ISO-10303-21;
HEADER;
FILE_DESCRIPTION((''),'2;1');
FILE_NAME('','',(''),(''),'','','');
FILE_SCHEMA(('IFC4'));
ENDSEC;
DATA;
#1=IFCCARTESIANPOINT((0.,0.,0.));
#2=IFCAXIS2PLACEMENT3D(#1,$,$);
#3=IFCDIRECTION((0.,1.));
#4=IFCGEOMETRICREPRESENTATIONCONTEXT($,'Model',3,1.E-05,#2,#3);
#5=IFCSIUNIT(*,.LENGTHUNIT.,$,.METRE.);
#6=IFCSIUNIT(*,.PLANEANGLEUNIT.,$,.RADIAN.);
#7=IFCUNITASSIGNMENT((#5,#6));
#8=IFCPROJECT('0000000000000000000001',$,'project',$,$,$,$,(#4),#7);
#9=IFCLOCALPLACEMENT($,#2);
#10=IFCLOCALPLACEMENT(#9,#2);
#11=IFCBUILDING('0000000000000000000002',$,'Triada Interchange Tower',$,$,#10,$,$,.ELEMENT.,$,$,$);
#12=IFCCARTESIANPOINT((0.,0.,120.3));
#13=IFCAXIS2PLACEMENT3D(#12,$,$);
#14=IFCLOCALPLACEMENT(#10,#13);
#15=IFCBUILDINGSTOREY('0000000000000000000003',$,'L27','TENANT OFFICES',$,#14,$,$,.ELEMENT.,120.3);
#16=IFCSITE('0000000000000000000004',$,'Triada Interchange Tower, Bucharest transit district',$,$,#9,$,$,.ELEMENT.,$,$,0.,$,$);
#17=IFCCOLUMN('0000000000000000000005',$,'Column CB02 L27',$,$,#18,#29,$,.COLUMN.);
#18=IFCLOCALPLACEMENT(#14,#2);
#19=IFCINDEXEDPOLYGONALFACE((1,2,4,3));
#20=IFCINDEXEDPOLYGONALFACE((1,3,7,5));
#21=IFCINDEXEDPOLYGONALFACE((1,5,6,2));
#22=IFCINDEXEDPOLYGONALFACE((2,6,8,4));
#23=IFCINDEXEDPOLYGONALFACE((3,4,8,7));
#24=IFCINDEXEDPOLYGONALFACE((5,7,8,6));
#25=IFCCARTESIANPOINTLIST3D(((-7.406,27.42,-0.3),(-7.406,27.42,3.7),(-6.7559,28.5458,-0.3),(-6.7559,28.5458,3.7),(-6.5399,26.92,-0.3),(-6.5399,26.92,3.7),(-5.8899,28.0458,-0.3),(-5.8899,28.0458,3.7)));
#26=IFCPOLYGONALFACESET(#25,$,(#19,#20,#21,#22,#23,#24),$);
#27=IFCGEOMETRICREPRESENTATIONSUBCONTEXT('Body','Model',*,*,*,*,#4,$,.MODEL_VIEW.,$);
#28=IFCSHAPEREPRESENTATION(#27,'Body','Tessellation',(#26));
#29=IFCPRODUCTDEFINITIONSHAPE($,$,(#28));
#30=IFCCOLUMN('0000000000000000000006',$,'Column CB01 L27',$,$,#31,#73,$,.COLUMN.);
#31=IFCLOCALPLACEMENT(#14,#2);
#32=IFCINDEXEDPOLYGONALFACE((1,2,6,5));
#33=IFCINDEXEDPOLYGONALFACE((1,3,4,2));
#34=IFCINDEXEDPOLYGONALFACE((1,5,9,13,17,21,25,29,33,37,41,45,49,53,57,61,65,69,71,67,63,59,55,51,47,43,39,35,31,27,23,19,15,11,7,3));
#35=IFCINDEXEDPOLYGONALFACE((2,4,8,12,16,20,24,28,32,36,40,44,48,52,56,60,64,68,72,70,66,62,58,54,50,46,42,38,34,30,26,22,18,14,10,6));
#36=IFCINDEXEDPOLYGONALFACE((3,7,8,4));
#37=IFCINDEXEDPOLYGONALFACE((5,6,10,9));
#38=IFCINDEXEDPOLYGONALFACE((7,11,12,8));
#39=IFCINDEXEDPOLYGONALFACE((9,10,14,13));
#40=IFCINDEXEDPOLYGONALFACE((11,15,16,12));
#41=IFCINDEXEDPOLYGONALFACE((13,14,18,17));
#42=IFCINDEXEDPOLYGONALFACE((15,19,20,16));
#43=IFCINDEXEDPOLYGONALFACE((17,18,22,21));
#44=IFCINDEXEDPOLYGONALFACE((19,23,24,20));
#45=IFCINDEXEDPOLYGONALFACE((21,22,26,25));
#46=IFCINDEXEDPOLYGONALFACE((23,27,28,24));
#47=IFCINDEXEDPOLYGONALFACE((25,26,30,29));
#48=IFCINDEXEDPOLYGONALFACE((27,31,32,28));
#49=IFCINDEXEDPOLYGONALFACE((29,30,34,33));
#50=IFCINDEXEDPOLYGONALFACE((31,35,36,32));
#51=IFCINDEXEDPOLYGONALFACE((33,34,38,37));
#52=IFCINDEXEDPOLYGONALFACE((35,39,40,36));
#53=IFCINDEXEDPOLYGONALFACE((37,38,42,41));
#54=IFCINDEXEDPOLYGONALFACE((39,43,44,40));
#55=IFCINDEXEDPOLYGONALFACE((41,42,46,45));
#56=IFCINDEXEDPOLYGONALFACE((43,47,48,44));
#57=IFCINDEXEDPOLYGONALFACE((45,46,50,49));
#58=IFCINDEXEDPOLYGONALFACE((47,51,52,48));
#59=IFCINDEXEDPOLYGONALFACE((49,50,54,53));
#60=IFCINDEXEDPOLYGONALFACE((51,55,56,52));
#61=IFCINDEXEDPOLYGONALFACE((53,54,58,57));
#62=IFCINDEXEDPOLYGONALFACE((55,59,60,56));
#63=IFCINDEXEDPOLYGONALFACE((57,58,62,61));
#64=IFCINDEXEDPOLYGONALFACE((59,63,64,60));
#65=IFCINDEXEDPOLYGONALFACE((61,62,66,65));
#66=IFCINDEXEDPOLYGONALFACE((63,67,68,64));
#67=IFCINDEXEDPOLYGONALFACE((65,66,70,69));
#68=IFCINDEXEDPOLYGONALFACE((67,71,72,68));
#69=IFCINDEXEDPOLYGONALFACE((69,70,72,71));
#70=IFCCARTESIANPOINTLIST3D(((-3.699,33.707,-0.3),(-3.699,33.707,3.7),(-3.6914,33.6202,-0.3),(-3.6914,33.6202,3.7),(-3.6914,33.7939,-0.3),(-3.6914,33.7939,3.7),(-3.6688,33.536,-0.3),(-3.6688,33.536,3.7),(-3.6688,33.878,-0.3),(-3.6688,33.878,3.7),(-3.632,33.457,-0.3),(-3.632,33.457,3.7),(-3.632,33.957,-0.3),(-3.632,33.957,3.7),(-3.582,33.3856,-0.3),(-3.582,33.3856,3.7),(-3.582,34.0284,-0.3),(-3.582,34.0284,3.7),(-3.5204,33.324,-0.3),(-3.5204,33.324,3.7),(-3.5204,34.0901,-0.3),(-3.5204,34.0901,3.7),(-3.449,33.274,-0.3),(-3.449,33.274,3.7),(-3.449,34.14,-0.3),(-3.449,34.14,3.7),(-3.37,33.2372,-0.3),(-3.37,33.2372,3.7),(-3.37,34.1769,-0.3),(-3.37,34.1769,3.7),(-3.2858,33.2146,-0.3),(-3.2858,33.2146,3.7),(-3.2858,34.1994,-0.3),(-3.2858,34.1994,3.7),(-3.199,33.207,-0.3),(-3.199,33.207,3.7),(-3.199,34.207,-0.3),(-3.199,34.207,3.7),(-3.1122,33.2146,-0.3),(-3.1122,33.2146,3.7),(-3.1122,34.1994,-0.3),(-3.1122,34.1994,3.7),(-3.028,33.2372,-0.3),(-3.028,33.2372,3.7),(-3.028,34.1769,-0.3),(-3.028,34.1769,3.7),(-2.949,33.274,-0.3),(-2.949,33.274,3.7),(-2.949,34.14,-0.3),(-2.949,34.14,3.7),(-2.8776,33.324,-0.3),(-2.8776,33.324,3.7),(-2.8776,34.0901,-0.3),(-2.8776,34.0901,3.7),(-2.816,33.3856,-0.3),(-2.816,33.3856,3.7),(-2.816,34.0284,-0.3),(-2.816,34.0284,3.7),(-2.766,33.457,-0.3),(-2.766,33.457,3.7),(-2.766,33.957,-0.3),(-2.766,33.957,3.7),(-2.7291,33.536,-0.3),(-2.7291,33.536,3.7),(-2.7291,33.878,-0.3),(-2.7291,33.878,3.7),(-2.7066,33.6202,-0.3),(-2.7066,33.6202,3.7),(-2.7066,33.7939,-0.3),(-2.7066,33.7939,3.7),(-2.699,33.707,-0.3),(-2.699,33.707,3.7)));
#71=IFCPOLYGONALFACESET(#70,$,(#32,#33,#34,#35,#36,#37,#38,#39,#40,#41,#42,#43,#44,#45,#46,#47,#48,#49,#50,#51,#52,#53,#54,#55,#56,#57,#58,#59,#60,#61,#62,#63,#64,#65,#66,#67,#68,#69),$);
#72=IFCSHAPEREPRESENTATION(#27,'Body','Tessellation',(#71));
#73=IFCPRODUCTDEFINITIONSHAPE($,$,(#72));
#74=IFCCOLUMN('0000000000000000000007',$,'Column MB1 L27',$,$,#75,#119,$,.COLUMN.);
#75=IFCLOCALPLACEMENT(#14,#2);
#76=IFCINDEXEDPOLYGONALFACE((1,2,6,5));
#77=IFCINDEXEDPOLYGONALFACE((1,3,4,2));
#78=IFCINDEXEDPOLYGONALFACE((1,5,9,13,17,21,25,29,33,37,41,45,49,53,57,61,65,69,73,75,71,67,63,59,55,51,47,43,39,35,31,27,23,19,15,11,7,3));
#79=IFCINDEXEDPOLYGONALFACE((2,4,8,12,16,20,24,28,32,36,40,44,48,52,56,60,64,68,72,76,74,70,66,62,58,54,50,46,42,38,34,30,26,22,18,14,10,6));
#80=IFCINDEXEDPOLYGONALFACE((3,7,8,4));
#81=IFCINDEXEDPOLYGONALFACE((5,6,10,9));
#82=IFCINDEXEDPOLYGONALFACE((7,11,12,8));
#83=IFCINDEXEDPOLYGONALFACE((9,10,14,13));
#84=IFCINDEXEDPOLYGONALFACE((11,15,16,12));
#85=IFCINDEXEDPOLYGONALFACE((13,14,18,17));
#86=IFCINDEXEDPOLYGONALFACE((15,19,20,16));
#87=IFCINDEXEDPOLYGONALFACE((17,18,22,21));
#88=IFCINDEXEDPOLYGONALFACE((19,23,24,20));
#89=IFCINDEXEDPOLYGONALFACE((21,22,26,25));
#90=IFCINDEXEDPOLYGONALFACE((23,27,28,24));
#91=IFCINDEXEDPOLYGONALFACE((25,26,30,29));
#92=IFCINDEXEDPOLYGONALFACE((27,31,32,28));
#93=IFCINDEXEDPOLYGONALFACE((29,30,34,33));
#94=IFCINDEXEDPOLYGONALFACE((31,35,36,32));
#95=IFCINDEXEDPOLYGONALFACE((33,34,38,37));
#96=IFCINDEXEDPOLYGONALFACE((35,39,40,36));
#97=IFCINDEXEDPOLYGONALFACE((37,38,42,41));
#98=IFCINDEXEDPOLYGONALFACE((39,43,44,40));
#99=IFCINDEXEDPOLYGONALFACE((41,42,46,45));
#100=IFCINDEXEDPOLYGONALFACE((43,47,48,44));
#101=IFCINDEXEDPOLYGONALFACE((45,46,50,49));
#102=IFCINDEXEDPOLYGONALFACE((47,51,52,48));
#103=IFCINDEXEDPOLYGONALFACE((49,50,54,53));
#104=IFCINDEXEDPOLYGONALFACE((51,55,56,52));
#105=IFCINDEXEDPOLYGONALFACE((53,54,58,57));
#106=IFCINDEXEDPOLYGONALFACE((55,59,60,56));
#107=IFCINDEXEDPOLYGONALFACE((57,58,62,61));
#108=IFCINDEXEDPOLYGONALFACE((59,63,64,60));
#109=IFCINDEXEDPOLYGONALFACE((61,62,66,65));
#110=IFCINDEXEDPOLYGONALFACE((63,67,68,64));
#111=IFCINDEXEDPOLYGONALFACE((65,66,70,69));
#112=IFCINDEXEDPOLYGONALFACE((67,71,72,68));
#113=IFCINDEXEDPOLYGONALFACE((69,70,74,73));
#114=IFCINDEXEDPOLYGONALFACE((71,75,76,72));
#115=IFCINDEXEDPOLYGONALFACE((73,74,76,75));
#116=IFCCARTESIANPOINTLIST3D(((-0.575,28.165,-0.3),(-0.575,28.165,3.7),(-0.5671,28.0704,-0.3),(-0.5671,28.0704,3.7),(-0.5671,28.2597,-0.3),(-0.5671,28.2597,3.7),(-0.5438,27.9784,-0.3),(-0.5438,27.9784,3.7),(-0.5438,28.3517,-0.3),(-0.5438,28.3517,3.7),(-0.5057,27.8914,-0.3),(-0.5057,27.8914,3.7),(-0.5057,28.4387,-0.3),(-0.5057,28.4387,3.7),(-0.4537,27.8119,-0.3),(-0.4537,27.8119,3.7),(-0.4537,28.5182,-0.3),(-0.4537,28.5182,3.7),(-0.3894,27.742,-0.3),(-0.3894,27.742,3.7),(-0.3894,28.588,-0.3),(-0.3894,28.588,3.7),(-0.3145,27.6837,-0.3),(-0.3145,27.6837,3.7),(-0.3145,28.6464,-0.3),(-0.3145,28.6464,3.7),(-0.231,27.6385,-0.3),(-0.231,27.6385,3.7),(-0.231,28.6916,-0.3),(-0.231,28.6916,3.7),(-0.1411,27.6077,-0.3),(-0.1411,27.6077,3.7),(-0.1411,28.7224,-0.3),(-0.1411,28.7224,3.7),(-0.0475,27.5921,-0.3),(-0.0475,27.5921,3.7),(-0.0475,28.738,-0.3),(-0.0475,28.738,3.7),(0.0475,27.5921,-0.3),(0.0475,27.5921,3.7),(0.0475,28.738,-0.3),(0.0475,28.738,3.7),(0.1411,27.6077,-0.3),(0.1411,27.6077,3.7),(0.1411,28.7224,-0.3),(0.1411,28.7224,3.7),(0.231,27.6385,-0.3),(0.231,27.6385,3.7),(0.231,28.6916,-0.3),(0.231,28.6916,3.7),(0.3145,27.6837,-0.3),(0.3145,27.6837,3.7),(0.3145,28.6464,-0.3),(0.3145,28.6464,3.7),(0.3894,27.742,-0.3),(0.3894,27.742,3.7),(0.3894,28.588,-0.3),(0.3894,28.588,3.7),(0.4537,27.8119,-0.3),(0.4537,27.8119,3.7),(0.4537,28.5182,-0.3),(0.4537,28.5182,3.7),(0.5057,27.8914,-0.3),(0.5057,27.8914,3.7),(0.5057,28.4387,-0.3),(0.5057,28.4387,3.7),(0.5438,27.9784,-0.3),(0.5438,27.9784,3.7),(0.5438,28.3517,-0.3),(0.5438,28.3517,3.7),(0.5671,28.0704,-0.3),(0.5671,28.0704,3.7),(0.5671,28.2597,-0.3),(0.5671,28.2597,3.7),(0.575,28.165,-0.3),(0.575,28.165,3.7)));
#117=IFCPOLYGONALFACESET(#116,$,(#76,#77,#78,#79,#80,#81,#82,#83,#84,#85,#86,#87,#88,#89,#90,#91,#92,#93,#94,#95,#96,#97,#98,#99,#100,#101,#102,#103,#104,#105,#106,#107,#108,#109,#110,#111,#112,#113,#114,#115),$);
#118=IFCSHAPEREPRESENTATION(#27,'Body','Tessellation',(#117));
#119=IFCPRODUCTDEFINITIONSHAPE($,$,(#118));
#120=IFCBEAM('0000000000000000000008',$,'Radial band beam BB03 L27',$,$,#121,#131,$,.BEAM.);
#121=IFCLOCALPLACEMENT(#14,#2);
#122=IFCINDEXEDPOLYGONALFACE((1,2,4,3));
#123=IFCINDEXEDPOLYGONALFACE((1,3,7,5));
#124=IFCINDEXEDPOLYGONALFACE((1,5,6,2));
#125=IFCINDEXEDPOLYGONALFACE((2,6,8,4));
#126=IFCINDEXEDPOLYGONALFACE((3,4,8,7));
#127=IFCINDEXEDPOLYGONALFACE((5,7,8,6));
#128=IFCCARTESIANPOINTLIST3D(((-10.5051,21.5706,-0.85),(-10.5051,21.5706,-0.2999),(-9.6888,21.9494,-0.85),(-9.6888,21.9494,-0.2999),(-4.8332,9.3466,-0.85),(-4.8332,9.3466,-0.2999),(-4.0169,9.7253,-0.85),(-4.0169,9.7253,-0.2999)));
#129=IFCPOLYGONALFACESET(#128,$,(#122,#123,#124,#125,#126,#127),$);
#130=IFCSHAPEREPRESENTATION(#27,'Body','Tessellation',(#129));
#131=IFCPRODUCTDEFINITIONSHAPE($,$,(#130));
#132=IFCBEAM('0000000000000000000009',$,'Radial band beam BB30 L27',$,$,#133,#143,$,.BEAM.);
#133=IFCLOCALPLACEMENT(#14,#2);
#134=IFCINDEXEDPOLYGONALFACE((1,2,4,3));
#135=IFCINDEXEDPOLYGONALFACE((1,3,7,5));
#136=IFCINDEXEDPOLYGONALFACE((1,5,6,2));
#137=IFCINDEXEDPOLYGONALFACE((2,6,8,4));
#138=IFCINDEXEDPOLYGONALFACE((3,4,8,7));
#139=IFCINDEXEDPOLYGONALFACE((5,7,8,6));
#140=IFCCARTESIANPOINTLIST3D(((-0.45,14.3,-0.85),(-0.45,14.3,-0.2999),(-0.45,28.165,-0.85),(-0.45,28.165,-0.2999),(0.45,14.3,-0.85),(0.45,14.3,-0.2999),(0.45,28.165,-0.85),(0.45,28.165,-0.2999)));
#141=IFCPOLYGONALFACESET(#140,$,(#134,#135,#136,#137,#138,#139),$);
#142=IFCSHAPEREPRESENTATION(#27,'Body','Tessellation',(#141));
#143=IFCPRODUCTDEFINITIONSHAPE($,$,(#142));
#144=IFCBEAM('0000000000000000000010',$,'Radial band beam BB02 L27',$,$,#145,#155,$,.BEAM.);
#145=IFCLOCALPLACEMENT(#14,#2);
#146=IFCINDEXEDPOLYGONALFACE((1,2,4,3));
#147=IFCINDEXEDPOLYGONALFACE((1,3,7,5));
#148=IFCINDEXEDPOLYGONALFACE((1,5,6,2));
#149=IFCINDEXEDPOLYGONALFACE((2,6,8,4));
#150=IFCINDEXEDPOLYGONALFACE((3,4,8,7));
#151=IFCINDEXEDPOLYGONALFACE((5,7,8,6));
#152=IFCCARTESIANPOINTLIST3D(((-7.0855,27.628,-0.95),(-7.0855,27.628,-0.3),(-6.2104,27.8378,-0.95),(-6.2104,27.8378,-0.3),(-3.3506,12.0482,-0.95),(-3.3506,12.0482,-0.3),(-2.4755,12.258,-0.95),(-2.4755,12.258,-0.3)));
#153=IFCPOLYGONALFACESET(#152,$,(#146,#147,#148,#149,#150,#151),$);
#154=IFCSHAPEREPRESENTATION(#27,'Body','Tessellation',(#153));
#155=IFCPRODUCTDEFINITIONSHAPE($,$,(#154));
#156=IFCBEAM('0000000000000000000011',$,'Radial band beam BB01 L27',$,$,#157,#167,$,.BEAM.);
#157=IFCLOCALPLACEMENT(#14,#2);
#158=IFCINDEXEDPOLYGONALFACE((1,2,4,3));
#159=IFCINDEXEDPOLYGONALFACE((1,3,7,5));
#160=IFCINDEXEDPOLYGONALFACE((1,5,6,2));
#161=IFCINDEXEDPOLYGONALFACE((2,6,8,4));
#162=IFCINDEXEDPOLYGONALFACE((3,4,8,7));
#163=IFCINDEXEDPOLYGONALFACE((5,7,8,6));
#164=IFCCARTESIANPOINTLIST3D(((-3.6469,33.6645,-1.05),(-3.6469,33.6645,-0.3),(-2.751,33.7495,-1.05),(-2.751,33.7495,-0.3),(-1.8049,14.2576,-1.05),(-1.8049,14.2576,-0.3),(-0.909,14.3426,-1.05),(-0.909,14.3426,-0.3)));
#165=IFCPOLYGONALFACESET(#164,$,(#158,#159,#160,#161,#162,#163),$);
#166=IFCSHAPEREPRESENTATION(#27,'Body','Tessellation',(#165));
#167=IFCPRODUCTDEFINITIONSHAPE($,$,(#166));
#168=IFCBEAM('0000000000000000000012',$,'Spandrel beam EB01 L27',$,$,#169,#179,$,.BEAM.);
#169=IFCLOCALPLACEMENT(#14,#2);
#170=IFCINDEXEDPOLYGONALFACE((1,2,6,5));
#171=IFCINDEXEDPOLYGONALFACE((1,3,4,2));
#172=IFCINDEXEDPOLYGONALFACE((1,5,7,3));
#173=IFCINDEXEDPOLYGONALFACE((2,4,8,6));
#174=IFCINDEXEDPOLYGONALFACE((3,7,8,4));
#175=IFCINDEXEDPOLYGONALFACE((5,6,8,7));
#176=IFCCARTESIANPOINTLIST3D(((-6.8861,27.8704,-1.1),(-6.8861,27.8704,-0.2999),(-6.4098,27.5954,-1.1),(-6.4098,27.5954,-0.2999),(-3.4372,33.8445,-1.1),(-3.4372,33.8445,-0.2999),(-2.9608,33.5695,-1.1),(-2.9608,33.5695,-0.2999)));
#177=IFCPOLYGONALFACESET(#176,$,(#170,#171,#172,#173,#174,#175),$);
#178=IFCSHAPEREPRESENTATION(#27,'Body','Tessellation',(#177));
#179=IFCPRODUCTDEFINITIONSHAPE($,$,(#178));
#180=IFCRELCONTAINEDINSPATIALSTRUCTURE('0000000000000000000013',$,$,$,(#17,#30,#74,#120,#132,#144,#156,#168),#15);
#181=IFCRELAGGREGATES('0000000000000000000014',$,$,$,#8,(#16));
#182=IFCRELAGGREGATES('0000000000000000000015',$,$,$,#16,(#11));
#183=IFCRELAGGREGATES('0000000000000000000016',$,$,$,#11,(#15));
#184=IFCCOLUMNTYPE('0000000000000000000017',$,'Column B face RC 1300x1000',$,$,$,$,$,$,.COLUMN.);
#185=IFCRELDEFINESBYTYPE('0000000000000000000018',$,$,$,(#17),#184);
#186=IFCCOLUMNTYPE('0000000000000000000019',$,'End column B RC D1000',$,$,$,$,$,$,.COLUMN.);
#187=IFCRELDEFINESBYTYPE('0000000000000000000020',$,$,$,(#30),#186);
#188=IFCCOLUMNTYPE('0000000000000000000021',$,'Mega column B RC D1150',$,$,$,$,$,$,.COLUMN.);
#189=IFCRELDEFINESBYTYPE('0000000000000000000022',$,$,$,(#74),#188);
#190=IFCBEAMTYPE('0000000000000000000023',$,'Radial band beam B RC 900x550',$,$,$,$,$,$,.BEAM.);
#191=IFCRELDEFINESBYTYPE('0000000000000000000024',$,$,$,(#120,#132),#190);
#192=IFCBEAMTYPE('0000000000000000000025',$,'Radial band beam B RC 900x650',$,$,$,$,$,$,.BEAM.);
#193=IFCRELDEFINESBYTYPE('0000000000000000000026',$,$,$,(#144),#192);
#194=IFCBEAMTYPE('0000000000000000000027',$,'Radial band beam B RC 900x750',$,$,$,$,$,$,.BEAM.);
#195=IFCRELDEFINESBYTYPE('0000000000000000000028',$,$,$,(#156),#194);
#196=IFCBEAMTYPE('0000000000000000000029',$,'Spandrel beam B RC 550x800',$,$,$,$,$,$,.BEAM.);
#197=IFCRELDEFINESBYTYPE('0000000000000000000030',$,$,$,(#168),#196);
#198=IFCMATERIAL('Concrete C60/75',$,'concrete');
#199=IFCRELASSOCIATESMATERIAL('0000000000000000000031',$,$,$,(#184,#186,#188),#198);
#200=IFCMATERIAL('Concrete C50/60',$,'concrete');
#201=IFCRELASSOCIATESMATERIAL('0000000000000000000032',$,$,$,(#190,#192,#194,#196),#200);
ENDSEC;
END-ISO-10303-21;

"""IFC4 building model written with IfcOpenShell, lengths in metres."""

from ifc_helpers import new_model, si_unit, direction, frame, origin, origin_2d, place, context, subcontext, project, spatial, rectangle, circle, extrude, material, material_profile, profile_set, type_object, element, save


model = new_model("IFC4")

# Units and contexts
model_context = context("Model", 3, precision=1e-05, world=origin(), true_north=direction((0.0, 1.0)))
body_context = subcontext(model_context, "Body", "Model", "MODEL_VIEW")
ifc_project = project(units=[si_unit("LENGTHUNIT", "METRE"), si_unit("PLANEANGLEUNIT", "RADIAN")], contexts=[model_context])

# Site, building, storey
site_placement = place(None, origin())
site = spatial("IfcSite", under=ifc_project, at=site_placement, Name="Triada Interchange Tower, Bucharest transit district", CompositionType="ELEMENT", RefElevation=0.0)
building_placement = place(site_placement, origin())
building = spatial("IfcBuilding", under=site, at=building_placement, Name="Triada Interchange Tower", CompositionType="ELEMENT")
storey_placement = place(building_placement, frame((0.0, 0.0, 120.3)))
storey = spatial("IfcBuildingStorey", under=building, at=storey_placement, Name="L27", Description="TENANT OFFICES", CompositionType="ELEMENT", Elevation=120.3)

# Columns
ifc_material_1 = material(Name="Concrete C60/75", Category="concrete")
ifc_material_profile_1 = material_profile(ifc_material_1, rectangle(XDim=1.3, YDim=1.0, at=origin_2d()), Name="RC 1300x1000")
ifc_profile_set_1 = profile_set([ifc_material_profile_1], Name="Concrete C60/75")
column_type_1 = type_object("IfcColumnType", Name="Column B face RC 1300x1000", PredefinedType="COLUMN", material=ifc_profile_set_1)
column_1_placement = place(storey_placement, frame((-6.6479, 27.7329, -0.3), z_axis=(0.0, 0.0, 1.0), x_axis=(0.5, 0.866025, 0.0)))
element("IfcColumn", 1, at=column_1_placement, inside=storey, type_object=column_type_1, Name="Column CB02 L27", PredefinedType="COLUMN", context=body_context, shape_type="SweptSolid", body=[
    extrude(rectangle(XDim=1.3, YDim=1.0, at=origin_2d()), origin(), (0.0, 0.0, 1.0), 4.0),
])
ifc_material_profile_2 = material_profile(ifc_material_1, circle(Radius=0.5, at=origin_2d()), Name="RC D1000")
ifc_profile_set_2 = profile_set([ifc_material_profile_2], Name="Concrete C60/75")
column_type_2 = type_object("IfcColumnType", Name="End column B RC D1000", PredefinedType="COLUMN", material=ifc_profile_set_2)
column_2_placement = place(storey_placement, frame((-3.199, 33.707, -0.3), z_axis=(0.0, 0.0, 1.0), x_axis=(0.5, 0.866025, 0.0)))
element("IfcColumn", 2, at=column_2_placement, inside=storey, type_object=column_type_2, Name="Column CB01 L27", PredefinedType="COLUMN", context=body_context, shape_type="SweptSolid", body=[
    extrude(circle(Radius=0.5, at=origin_2d()), origin(), (0.0, 0.0, 1.0), 4.0),
])
ifc_material_profile_3 = material_profile(ifc_material_1, circle(Radius=0.575, at=origin_2d()), Name="RC D1150")
ifc_profile_set_3 = profile_set([ifc_material_profile_3], Name="Concrete C60/75")
column_type_3 = type_object("IfcColumnType", Name="Mega column B RC D1150", PredefinedType="COLUMN", material=ifc_profile_set_3)
column_3_placement = place(storey_placement, frame((0.0, 28.165, -0.3), z_axis=(0.0, 0.0, 1.0), x_axis=(1.0, 0.0, 0.0)))
element("IfcColumn", 3, at=column_3_placement, inside=storey, type_object=column_type_3, Name="Column MB1 L27", PredefinedType="COLUMN", context=body_context, shape_type="SweptSolid", body=[
    extrude(circle(Radius=0.575, at=origin_2d()), origin(), (0.0, 0.0, 1.0), 4.0),
])

# Beams
ifc_material_2 = material(Name="Concrete C50/60", Category="concrete")
ifc_material_profile_4 = material_profile(ifc_material_2, rectangle(XDim=0.8999, YDim=0.55, at=origin_2d()), Name="RC 900x550")
ifc_profile_set_4 = profile_set([ifc_material_profile_4], Name="Concrete C50/60")
beam_type_1 = type_object("IfcBeamType", Name="Radial band beam B RC 900x550", PredefinedType="BEAM", material=ifc_profile_set_4)
beam_1_placement = place(storey_placement, frame((-10.0969, 21.76, -0.575), z_axis=(0.420891, -0.907111, 0.0), x_axis=(0.907111, 0.420891, 0.0)))
element("IfcBeam", 4, at=beam_1_placement, inside=storey, type_object=beam_type_1, Name="Radial band beam BB03 L27", PredefinedType="BEAM", context=body_context, shape_type="SweptSolid", body=[
    extrude(rectangle(XDim=0.8999, YDim=0.55, at=origin_2d()), origin(), (0.0, 0.0, 1.0), 13.4758),
])
beam_2_placement = place(storey_placement, frame((0.0, 28.165, -0.575), z_axis=(0.0, -1.0, 0.0), x_axis=(1.0, 0.0, 0.0)))
element("IfcBeam", 5, at=beam_2_placement, inside=storey, type_object=beam_type_1, Name="Radial band beam BB30 L27", PredefinedType="BEAM", context=body_context, shape_type="SweptSolid", body=[
    extrude(rectangle(XDim=0.8999, YDim=0.55, at=origin_2d()), origin(), (0.0, 0.0, 1.0), 13.865),
])
ifc_material_profile_5 = material_profile(ifc_material_2, rectangle(XDim=0.8999, YDim=0.6499, at=origin_2d()), Name="RC 900x650")
ifc_profile_set_5 = profile_set([ifc_material_profile_5], Name="Concrete C50/60")
beam_type_2 = type_object("IfcBeamType", Name="Radial band beam B RC 900x650", PredefinedType="BEAM", material=ifc_profile_set_5)
beam_3_placement = place(storey_placement, frame((-6.6479, 27.7329, -0.625), z_axis=(0.233119, -0.972448, 0.0), x_axis=(0.972448, 0.233119, 0.0)))
element("IfcBeam", 6, at=beam_3_placement, inside=storey, type_object=beam_type_2, Name="Radial band beam BB02 L27", PredefinedType="BEAM", context=body_context, shape_type="SweptSolid", body=[
    extrude(rectangle(XDim=0.8999, YDim=0.6499, at=origin_2d()), origin(), (0.0, 0.0, 1.0), 16.0212),
])
ifc_material_profile_6 = material_profile(ifc_material_2, rectangle(XDim=0.8999, YDim=0.75, at=origin_2d()), Name="RC 900x750")
ifc_profile_set_6 = profile_set([ifc_material_profile_6], Name="Concrete C50/60")
beam_type_3 = type_object("IfcBeamType", Name="Radial band beam B RC 900x750", PredefinedType="BEAM", material=ifc_profile_set_6)
beam_4_placement = place(storey_placement, frame((-3.199, 33.707, -0.675), z_axis=(0.094492, -0.995526, 0.0), x_axis=(0.995526, 0.094492, 0.0)))
element("IfcBeam", 7, at=beam_4_placement, inside=storey, type_object=beam_type_3, Name="Radial band beam BB01 L27", PredefinedType="BEAM", context=body_context, shape_type="SweptSolid", body=[
    extrude(rectangle(XDim=0.8999, YDim=0.75, at=origin_2d()), origin(), (0.0, 0.0, 1.0), 19.4941),
])
ifc_material_profile_7 = material_profile(ifc_material_2, rectangle(XDim=0.55, YDim=0.8, at=origin_2d()), Name="RC 550x800")
ifc_profile_set_7 = profile_set([ifc_material_profile_7], Name="Concrete C50/60")
beam_type_4 = type_object("IfcBeamType", Name="Spandrel beam B RC 550x800", PredefinedType="BEAM", material=ifc_profile_set_7)
beam_5_placement = place(storey_placement, frame((-3.199, 33.707, -0.7), z_axis=(-0.49998, -0.866037, 0.0), x_axis=(0.866037, -0.49998, 0.0)))
element("IfcBeam", 8, at=beam_5_placement, inside=storey, type_object=beam_type_4, Name="Spandrel beam EB01 L27", PredefinedType="BEAM", context=body_context, shape_type="SweptSolid", body=[
    extrude(rectangle(XDim=0.55, YDim=0.8, at=origin_2d()), origin(), (0.0, 0.0, 1.0), 6.8982),
])

save(model, "model.ifc")
